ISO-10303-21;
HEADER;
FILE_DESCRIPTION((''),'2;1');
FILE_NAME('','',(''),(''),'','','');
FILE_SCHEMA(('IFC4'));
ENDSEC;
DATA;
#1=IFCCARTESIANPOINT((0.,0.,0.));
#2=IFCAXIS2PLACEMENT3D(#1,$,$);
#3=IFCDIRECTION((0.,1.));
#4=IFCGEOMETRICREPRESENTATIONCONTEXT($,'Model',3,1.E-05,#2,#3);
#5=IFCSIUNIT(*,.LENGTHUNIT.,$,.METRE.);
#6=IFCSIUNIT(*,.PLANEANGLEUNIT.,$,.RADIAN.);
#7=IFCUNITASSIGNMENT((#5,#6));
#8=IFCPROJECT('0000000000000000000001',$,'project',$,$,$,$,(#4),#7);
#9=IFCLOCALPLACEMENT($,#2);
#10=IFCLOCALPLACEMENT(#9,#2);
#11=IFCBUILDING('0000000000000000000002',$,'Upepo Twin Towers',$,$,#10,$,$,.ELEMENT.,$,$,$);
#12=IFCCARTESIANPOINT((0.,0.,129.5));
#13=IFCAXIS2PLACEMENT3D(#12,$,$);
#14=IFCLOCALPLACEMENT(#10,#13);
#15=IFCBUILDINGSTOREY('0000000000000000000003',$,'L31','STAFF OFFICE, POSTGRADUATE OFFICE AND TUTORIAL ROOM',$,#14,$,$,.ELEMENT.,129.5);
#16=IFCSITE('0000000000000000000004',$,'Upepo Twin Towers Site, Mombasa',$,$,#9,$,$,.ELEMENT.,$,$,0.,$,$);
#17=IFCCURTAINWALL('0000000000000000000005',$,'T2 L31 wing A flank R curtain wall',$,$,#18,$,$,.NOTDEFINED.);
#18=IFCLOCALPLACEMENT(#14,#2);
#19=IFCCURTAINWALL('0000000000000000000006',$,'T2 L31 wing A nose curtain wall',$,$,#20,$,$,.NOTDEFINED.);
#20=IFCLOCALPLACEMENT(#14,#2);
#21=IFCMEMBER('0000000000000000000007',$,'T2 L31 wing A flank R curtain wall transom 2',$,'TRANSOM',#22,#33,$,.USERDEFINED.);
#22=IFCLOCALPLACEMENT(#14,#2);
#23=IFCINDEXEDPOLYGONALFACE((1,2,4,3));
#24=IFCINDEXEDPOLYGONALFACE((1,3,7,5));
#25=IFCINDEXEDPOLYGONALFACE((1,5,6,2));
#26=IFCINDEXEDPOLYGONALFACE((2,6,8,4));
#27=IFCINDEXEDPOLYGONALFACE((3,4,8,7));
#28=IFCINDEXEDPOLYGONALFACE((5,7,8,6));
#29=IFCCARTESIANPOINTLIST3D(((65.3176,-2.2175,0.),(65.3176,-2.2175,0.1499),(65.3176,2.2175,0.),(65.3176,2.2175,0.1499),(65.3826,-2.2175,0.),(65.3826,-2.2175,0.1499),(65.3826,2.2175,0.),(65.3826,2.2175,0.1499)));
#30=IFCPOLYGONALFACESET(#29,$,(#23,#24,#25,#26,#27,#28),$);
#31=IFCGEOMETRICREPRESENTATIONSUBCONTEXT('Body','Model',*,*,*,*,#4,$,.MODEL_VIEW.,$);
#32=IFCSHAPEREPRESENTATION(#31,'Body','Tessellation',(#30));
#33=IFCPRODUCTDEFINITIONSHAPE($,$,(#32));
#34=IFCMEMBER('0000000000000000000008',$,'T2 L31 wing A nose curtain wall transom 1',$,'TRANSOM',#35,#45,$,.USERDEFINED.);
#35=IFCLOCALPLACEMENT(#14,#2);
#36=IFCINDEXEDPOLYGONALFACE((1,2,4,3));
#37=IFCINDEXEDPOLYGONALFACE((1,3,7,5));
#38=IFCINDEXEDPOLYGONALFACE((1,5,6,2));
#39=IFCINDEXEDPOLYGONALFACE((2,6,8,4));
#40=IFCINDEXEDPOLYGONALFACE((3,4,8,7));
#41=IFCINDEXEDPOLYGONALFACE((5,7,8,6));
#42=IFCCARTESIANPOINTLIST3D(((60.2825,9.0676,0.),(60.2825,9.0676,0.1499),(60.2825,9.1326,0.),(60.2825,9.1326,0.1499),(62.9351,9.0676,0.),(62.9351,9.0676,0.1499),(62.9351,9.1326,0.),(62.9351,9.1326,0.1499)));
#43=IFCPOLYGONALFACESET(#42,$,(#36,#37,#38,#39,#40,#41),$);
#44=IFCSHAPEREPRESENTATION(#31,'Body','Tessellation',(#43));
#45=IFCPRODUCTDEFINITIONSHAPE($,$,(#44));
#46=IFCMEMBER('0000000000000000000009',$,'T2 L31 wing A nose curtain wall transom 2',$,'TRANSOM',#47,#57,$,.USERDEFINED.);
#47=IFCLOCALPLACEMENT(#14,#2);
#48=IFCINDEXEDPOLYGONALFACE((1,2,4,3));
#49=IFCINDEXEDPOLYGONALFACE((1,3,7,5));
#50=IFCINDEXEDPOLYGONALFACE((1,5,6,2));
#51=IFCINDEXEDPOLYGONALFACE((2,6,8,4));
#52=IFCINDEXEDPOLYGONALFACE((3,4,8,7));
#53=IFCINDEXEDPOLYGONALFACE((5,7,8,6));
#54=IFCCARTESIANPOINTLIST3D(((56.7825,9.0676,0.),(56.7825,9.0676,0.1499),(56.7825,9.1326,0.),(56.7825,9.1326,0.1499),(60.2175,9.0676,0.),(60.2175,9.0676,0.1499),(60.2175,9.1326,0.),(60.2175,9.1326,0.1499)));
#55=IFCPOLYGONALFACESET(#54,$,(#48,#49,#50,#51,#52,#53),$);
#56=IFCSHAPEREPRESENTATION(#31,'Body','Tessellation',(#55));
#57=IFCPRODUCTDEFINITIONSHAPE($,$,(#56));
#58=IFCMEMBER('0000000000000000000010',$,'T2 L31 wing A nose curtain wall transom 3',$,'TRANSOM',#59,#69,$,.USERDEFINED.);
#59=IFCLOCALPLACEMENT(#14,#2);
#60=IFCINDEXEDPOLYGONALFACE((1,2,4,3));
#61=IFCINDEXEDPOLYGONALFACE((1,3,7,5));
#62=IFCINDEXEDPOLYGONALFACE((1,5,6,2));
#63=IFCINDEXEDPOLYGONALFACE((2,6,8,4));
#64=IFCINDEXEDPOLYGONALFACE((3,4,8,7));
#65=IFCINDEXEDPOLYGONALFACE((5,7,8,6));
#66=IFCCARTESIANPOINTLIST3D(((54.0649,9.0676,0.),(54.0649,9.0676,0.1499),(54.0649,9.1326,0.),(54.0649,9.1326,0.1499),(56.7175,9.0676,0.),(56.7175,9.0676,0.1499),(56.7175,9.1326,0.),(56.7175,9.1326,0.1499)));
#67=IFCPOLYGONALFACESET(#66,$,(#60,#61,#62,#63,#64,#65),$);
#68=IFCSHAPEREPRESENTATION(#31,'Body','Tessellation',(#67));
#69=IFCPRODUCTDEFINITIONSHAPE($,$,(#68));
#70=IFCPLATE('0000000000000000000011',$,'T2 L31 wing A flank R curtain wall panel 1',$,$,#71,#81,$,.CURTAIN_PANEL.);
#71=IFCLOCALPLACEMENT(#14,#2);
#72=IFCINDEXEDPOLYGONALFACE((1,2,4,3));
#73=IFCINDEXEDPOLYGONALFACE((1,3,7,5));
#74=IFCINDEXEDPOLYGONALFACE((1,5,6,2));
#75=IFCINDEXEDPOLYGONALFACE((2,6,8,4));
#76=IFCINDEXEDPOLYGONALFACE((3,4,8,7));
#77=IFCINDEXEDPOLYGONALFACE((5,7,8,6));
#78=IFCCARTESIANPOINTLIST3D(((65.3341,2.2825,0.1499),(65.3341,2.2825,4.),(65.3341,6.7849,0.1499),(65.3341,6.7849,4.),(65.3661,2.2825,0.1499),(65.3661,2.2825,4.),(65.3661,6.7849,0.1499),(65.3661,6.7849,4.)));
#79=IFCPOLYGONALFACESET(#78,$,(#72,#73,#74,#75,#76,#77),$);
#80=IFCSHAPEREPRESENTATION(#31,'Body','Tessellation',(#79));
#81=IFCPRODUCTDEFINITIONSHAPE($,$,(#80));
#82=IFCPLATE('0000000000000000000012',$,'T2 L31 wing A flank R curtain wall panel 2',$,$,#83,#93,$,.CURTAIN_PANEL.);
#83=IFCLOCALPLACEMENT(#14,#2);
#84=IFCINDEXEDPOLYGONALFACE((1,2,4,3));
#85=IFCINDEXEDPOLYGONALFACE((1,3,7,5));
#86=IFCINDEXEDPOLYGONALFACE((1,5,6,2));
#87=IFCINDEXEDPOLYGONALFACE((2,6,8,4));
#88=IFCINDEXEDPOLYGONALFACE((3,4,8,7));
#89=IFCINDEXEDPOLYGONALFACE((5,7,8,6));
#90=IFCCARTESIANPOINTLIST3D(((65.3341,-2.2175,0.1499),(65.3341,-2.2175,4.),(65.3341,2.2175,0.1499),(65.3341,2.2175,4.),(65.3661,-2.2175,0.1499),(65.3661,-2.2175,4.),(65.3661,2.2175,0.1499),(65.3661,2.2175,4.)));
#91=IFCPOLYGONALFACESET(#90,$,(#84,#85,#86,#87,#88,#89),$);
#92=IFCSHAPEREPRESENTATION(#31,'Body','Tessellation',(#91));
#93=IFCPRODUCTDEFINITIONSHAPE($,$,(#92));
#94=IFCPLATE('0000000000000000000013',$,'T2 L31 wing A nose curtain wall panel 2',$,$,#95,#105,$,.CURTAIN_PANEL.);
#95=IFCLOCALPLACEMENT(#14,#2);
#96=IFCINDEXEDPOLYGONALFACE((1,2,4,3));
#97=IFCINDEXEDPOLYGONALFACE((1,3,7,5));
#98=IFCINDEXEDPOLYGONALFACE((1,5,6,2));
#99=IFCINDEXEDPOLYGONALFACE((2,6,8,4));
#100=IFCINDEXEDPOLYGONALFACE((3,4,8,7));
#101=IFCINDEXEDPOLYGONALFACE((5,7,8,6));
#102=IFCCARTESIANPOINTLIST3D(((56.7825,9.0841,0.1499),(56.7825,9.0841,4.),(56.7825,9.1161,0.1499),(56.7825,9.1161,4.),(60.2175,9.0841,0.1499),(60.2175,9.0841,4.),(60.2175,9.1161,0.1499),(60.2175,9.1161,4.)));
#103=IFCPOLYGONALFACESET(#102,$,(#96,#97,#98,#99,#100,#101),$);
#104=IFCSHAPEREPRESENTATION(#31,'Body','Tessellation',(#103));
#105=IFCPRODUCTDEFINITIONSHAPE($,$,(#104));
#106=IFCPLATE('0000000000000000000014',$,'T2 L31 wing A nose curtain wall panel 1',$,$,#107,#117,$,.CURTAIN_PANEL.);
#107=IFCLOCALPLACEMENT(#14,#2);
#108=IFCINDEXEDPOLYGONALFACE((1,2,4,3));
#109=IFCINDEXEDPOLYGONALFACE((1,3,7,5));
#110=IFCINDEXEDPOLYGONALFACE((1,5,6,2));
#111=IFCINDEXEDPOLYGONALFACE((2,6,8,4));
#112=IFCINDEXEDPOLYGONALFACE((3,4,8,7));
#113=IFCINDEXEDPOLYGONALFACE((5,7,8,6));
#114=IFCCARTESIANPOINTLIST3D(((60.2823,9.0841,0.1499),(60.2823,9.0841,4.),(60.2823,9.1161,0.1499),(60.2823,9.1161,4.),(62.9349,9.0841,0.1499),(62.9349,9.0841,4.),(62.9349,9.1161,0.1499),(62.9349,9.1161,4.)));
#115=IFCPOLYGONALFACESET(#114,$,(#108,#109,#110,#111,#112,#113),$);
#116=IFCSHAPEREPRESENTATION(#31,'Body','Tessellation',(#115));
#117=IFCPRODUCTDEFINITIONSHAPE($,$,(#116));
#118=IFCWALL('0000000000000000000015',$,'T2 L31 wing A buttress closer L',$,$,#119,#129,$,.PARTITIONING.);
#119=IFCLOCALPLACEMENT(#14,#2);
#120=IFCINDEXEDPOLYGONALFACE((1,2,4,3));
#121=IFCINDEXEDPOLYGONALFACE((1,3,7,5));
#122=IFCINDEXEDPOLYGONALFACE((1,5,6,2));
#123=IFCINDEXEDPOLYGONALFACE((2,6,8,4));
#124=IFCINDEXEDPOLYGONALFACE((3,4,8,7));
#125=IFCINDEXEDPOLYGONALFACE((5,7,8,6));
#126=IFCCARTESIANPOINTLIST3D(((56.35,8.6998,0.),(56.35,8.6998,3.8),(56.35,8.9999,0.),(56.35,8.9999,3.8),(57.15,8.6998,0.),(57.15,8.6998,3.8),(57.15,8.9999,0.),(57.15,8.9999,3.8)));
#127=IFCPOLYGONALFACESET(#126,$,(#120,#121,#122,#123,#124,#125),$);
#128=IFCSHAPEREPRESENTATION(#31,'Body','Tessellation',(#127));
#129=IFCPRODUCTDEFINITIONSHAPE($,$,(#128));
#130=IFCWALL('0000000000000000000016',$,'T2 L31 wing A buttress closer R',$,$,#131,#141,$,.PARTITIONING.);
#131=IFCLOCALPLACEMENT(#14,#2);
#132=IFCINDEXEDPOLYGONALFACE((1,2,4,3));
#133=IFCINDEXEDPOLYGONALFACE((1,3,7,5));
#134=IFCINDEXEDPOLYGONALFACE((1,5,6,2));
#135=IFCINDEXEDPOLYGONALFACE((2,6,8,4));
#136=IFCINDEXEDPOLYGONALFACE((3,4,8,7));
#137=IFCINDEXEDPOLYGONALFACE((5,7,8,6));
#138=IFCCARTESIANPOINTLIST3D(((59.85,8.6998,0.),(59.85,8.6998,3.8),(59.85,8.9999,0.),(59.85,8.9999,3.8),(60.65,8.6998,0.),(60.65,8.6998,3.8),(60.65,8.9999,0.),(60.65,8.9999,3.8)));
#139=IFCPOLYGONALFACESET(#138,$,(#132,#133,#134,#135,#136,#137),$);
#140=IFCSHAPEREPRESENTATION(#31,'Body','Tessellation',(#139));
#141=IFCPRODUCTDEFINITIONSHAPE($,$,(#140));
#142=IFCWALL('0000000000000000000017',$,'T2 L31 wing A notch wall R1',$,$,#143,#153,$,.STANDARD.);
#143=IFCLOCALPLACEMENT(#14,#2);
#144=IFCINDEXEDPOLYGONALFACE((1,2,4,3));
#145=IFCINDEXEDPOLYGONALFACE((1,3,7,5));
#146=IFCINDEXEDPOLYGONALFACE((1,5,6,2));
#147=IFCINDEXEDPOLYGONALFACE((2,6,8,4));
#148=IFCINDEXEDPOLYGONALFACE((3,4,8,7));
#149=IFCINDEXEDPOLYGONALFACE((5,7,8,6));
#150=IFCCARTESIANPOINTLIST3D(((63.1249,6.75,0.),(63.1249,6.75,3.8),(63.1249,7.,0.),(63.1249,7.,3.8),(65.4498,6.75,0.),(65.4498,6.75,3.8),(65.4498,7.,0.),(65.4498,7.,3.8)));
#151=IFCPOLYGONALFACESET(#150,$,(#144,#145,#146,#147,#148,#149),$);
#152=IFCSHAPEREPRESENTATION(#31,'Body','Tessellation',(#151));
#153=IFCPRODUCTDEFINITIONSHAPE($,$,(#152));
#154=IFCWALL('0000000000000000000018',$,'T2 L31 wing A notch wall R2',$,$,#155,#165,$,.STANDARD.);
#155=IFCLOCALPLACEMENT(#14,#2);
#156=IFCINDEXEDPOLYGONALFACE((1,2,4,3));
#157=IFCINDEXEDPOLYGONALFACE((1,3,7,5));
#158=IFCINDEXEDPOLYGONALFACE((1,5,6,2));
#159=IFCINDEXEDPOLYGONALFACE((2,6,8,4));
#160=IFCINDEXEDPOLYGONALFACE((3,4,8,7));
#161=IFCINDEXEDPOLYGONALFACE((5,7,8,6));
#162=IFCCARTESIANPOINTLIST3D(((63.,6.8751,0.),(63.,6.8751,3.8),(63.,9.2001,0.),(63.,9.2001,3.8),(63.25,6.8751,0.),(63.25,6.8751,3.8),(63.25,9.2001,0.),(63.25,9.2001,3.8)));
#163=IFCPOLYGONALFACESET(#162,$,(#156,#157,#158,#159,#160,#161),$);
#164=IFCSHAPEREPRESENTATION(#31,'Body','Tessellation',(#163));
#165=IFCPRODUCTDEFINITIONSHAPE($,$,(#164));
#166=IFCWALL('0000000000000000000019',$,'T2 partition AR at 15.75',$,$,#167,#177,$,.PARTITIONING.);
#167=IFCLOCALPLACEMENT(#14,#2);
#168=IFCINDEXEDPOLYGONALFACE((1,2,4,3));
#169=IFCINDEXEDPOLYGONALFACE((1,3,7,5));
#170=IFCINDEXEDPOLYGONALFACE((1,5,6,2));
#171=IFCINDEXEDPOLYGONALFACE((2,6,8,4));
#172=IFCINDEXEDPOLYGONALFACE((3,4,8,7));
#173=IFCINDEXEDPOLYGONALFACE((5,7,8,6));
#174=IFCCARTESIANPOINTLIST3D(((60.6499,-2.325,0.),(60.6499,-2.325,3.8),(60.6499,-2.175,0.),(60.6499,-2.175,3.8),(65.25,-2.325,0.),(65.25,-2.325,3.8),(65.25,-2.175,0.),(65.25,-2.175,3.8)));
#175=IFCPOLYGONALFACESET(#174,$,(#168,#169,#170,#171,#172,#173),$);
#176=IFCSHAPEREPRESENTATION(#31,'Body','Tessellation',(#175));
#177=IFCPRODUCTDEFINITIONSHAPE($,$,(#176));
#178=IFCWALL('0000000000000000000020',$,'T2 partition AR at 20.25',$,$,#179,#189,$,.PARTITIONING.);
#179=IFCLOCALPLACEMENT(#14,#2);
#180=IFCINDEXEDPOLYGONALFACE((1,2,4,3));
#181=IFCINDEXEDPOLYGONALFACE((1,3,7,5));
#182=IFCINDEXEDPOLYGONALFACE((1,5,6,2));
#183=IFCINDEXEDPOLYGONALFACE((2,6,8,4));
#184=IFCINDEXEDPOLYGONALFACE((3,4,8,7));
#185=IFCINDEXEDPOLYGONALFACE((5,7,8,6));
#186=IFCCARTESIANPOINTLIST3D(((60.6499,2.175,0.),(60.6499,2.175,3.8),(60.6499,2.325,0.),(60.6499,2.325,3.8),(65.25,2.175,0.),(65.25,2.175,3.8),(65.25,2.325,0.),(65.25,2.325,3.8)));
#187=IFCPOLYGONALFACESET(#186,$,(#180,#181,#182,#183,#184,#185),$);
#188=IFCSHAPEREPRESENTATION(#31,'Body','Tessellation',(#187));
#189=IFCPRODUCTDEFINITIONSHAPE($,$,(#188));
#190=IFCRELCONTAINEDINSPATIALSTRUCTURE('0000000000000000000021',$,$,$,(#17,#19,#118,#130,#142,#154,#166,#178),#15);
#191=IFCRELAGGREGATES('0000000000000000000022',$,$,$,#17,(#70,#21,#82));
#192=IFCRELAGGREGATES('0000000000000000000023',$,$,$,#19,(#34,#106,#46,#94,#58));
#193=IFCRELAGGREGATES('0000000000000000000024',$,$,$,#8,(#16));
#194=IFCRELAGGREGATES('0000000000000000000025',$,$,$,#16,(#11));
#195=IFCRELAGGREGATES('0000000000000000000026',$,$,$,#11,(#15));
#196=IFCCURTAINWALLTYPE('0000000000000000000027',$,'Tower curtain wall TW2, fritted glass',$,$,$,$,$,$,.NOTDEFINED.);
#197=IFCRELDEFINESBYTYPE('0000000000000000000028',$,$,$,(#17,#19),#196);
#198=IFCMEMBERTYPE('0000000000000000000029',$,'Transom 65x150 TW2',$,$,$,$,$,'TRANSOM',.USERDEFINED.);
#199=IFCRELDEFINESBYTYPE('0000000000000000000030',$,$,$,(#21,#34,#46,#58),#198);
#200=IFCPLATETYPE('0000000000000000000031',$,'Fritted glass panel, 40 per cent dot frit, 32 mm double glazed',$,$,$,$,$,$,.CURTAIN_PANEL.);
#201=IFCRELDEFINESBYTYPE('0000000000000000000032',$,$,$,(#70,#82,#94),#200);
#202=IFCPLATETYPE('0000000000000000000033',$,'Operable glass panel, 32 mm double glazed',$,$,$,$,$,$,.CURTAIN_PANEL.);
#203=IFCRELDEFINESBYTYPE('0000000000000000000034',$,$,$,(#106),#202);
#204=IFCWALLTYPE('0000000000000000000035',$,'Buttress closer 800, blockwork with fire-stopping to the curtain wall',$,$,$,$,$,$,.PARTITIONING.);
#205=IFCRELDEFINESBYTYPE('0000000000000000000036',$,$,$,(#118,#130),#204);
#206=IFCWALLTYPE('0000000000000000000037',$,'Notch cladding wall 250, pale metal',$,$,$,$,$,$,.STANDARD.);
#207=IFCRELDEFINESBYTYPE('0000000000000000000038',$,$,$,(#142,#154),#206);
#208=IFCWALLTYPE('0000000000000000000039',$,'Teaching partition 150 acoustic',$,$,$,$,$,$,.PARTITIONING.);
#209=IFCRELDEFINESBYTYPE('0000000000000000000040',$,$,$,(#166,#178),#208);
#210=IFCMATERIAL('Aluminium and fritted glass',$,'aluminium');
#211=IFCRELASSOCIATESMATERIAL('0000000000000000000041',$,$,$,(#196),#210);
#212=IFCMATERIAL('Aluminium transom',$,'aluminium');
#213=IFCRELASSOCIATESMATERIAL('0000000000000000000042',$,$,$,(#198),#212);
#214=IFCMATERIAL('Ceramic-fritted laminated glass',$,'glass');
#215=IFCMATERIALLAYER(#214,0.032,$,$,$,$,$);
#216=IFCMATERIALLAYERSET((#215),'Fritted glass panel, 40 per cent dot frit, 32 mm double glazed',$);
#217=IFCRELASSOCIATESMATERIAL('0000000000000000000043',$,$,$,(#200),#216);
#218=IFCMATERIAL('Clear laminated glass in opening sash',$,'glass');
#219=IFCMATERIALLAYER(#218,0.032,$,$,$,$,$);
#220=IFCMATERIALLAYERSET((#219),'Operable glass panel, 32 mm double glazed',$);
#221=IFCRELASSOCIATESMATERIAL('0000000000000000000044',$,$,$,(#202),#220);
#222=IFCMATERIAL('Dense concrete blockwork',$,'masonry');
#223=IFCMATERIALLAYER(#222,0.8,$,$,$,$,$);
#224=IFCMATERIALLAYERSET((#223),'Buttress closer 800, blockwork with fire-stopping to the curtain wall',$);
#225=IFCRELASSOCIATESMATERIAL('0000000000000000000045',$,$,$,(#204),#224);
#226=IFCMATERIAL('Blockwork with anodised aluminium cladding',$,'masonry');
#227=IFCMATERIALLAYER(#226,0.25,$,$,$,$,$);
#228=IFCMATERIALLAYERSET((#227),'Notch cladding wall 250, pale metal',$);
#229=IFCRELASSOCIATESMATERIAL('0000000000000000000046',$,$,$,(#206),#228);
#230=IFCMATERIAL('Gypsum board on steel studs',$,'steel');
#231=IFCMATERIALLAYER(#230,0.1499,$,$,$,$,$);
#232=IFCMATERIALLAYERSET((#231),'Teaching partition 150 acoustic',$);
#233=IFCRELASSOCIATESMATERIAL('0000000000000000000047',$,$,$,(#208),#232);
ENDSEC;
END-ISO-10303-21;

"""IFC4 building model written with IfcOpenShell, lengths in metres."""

from ifc_helpers import new_model, si_unit, direction, frame, frame_2d, origin, origin_2d, place, context, subcontext, project, spatial, rectangle, extrude, material, layer, layer_set, material_profile, profile_set, type_object, element, aggregate, save


model = new_model("IFC4")

# Units and contexts
model_context = context("Model", 3, precision=1e-05, world=origin(), true_north=direction((0.0, 1.0)))
body_context = subcontext(model_context, "Body", "Model", "MODEL_VIEW")
ifc_project = project(units=[si_unit("LENGTHUNIT", "METRE"), si_unit("PLANEANGLEUNIT", "RADIAN")], contexts=[model_context])

# Site, building, storey
site_placement = place(None, origin())
site = spatial("IfcSite", under=ifc_project, at=site_placement, Name="Upepo Twin Towers Site, Mombasa", CompositionType="ELEMENT", RefElevation=0.0)
building_placement = place(site_placement, origin())
building = spatial("IfcBuilding", under=site, at=building_placement, Name="Upepo Twin Towers", CompositionType="ELEMENT")
storey_placement = place(building_placement, frame((0.0, 0.0, 129.5)))
storey = spatial("IfcBuildingStorey", under=building, at=storey_placement, Name="L31", Description="STAFF OFFICE, POSTGRADUATE OFFICE AND TUTORIAL ROOM", CompositionType="ELEMENT", Elevation=129.5)

# Curtain walls
ifc_material_1 = material(Name="Aluminium and fritted glass", Category="aluminium")
curtain_wall_type = type_object("IfcCurtainWallType", Name="Tower curtain wall TW2, fritted glass", PredefinedType="NOTDEFINED", material=ifc_material_1)
curtain_wall_1_placement = place(storey_placement, origin())
curtain_wall_1 = element("IfcCurtainWall", 1, at=curtain_wall_1_placement, inside=storey, type_object=curtain_wall_type, Name="T2 L31 wing A flank R curtain wall", PredefinedType="NOTDEFINED")
curtain_wall_2_placement = place(storey_placement, origin())
curtain_wall_2 = element("IfcCurtainWall", 2, at=curtain_wall_2_placement, inside=storey, type_object=curtain_wall_type, Name="T2 L31 wing A nose curtain wall", PredefinedType="NOTDEFINED")

# Members
ifc_material_2 = material(Name="Aluminium transom", Category="aluminium")
ifc_material_profile_1 = material_profile(ifc_material_2, rectangle(XDim=0.0649, YDim=0.1499, at=origin_2d()), Name="TRANSOM 65x150")
ifc_profile_set_1 = profile_set([ifc_material_profile_1], Name="Aluminium transom")
member_type_1 = type_object("IfcMemberType", Name="Transom 65x150 TW2", ElementType="TRANSOM", PredefinedType="USERDEFINED", material=ifc_profile_set_1)
member_1_placement = place(storey_placement, frame((65.3501, 2.2175, 0.075), z_axis=(0.0, -1.0, 0.0), x_axis=(1.0, 0.0, 0.0)))
member_1 = element("IfcMember", 3, at=member_1_placement, type_object=member_type_1, Name="T2 L31 wing A flank R curtain wall transom 2", ObjectType="TRANSOM", PredefinedType="USERDEFINED", context=body_context, shape_type="SweptSolid", body=[
    extrude(rectangle(XDim=0.0649, YDim=0.1499, at=origin_2d()), origin(), (0.0, 0.0, 1.0), 4.4351),
])
member_2_placement = place(storey_placement, frame((62.9351, 9.1001, 0.075), z_axis=(-1.0, 0.0, 0.0), x_axis=(0.0, -1.0, 0.0)))
member_2 = element("IfcMember", 4, at=member_2_placement, type_object=member_type_1, Name="T2 L31 wing A nose curtain wall transom 1", ObjectType="TRANSOM", PredefinedType="USERDEFINED", context=body_context, shape_type="SweptSolid", body=[
    extrude(rectangle(XDim=0.0649, YDim=0.1499, at=origin_2d()), origin(), (0.0, 0.0, 1.0), 2.6526),
])
member_3_placement = place(storey_placement, frame((60.2175, 9.1001, 0.075), z_axis=(-1.0, 0.0, 0.0), x_axis=(0.0, -1.0, 0.0)))
member_3 = element("IfcMember", 5, at=member_3_placement, type_object=member_type_1, Name="T2 L31 wing A nose curtain wall transom 2", ObjectType="TRANSOM", PredefinedType="USERDEFINED", context=body_context, shape_type="SweptSolid", body=[
    extrude(rectangle(XDim=0.0649, YDim=0.1499, at=origin_2d()), origin(), (0.0, 0.0, 1.0), 3.4351),
])
member_4_placement = place(storey_placement, frame((56.7175, 9.1001, 0.075), z_axis=(-1.0, 0.0, 0.0), x_axis=(0.0, -1.0, 0.0)))
member_4 = element("IfcMember", 6, at=member_4_placement, type_object=member_type_1, Name="T2 L31 wing A nose curtain wall transom 3", ObjectType="TRANSOM", PredefinedType="USERDEFINED", context=body_context, shape_type="SweptSolid", body=[
    extrude(rectangle(XDim=0.0649, YDim=0.1499, at=origin_2d()), origin(), (0.0, 0.0, 1.0), 2.6526),
])

# Plates
ifc_material_3 = material(Name="Ceramic-fritted laminated glass", Category="glass")
ifc_layer_1 = layer(ifc_material_3, 0.032)
ifc_layer_set_1 = layer_set([ifc_layer_1], Name="Fritted glass panel, 40 per cent dot frit, 32 mm double glazed")
plate_type_1 = type_object("IfcPlateType", Name="Fritted glass panel, 40 per cent dot frit, 32 mm double glazed", PredefinedType="CURTAIN_PANEL", material=ifc_layer_set_1)
plate_1_placement = place(storey_placement, frame((65.3501, 4.5337, 0.1499), z_axis=(0.0, 0.0, 1.0), x_axis=(0.0, -1.0, 0.0)))
plate_1 = element("IfcPlate", 7, at=plate_1_placement, type_object=plate_type_1, Name="T2 L31 wing A flank R curtain wall panel 1", PredefinedType="CURTAIN_PANEL", context=body_context, shape_type="SweptSolid", body=[
    extrude(rectangle(XDim=4.5024, YDim=0.032, at=origin_2d()), origin(), (0.0, 0.0, 1.0), 3.8501),
])
plate_2_placement = place(storey_placement, frame((65.3501, 0.0, 0.1499), z_axis=(0.0, 0.0, 1.0), x_axis=(0.0, -1.0, 0.0)))
plate_2 = element("IfcPlate", 8, at=plate_2_placement, type_object=plate_type_1, Name="T2 L31 wing A flank R curtain wall panel 2", PredefinedType="CURTAIN_PANEL", context=body_context, shape_type="SweptSolid", body=[
    extrude(rectangle(XDim=4.4351, YDim=0.032, at=origin_2d()), origin(), (0.0, 0.0, 1.0), 3.8501),
])
aggregate(curtain_wall_1, [plate_1, member_1, plate_2])
plate_3_placement = place(storey_placement, frame((58.5, 9.1001, 0.1499), z_axis=(0.0, 0.0, 1.0), x_axis=(-1.0, 0.0, 0.0)))
plate_3 = element("IfcPlate", 9, at=plate_3_placement, type_object=plate_type_1, Name="T2 L31 wing A nose curtain wall panel 2", PredefinedType="CURTAIN_PANEL", context=body_context, shape_type="SweptSolid", body=[
    extrude(rectangle(XDim=3.4351, YDim=0.032, at=origin_2d()), origin(), (0.0, 0.0, 1.0), 3.8501),
])
ifc_material_4 = material(Name="Clear laminated glass in opening sash", Category="glass")
ifc_layer_2 = layer(ifc_material_4, 0.032)
ifc_layer_set_2 = layer_set([ifc_layer_2], Name="Operable glass panel, 32 mm double glazed")
plate_type_2 = type_object("IfcPlateType", Name="Operable glass panel, 32 mm double glazed", PredefinedType="CURTAIN_PANEL", material=ifc_layer_set_2)
plate_4_placement = place(storey_placement, frame((61.6086, 9.1001, 0.1499), z_axis=(0.0, 0.0, 1.0), x_axis=(-1.0, 0.0, 0.0)))
plate_4 = element("IfcPlate", 10, at=plate_4_placement, type_object=plate_type_2, Name="T2 L31 wing A nose curtain wall panel 1", PredefinedType="CURTAIN_PANEL", context=body_context, shape_type="SweptSolid", body=[
    extrude(rectangle(XDim=2.6526, YDim=0.032, at=origin_2d()), origin(), (0.0, 0.0, 1.0), 3.8501),
])
aggregate(curtain_wall_2, [member_2, plate_4, member_3, plate_3, member_4])

# Walls
ifc_material_5 = material(Name="Dense concrete blockwork", Category="masonry")
ifc_layer_3 = layer(ifc_material_5, 0.8)
ifc_layer_set_3 = layer_set([ifc_layer_3], Name="Buttress closer 800, blockwork with fire-stopping to the curtain wall")
wall_type_1 = type_object("IfcWallType", Name="Buttress closer 800, blockwork with fire-stopping to the curtain wall", PredefinedType="PARTITIONING", material=ifc_layer_set_3)
for number, where, z_axis, x_axis, name in (
    (11, (56.75, 8.7, 0.0), (0.0, 0.0, 1.0), (0.0, 1.0, 0.0), "T2 L31 wing A buttress closer L"),
    (12, (60.25, 8.7, 0.0), (0.0, 0.0, 1.0), (0.0, 1.0, 0.0), "T2 L31 wing A buttress closer R"),
):
    element("IfcWall", number, at=place(storey_placement, frame(where, z_axis=z_axis, x_axis=x_axis)), inside=storey, type_object=wall_type_1, Name=name, PredefinedType="PARTITIONING", context=body_context, shape_type="SweptSolid", body=[
        extrude(rectangle(XDim=0.3, YDim=0.8, at=frame_2d((0.1499, 0.0))), origin(), (0.0, 0.0, 1.0), 3.8),
    ])
ifc_material_6 = material(Name="Blockwork with anodised aluminium cladding", Category="masonry")
ifc_layer_4 = layer(ifc_material_6, 0.25)
ifc_layer_set_4 = layer_set([ifc_layer_4], Name="Notch cladding wall 250, pale metal")
wall_type_2 = type_object("IfcWallType", Name="Notch cladding wall 250, pale metal", PredefinedType="STANDARD", material=ifc_layer_set_4)
for number, where, z_axis, x_axis, name in (
    (13, (65.45, 6.875, 0.0), (0.0, 0.0, 1.0), (-1.0, 0.0, 0.0), "T2 L31 wing A notch wall R1"),
    (14, (63.125, 6.875, 0.0), (0.0, 0.0, 1.0), (0.0, 1.0, 0.0), "T2 L31 wing A notch wall R2"),
):
    element("IfcWall", number, at=place(storey_placement, frame(where, z_axis=z_axis, x_axis=x_axis)), inside=storey, type_object=wall_type_2, Name=name, PredefinedType="STANDARD", context=body_context, shape_type="SweptSolid", body=[
        extrude(rectangle(XDim=2.325, YDim=0.25, at=frame_2d((1.1626, 0.0))), origin(), (0.0, 0.0, 1.0), 3.8),
    ])
ifc_material_7 = material(Name="Gypsum board on steel studs", Category="steel")
ifc_layer_5 = layer(ifc_material_7, 0.1499)
ifc_layer_set_5 = layer_set([ifc_layer_5], Name="Teaching partition 150 acoustic")
wall_type_3 = type_object("IfcWallType", Name="Teaching partition 150 acoustic", PredefinedType="PARTITIONING", material=ifc_layer_set_5)
for number, where, z_axis, x_axis, name in (
    (15, (60.6499, -2.25, 0.0), (0.0, 0.0, 1.0), (1.0, 0.0, 0.0), "T2 partition AR at 15.75"),
    (16, (60.6499, 2.25, 0.0), (0.0, 0.0, 1.0), (1.0, 0.0, 0.0), "T2 partition AR at 20.25"),
):
    element("IfcWall", number, at=place(storey_placement, frame(where, z_axis=z_axis, x_axis=x_axis)), inside=storey, type_object=wall_type_3, Name=name, PredefinedType="PARTITIONING", context=body_context, shape_type="SweptSolid", body=[
        extrude(rectangle(XDim=4.6001, YDim=0.1499, at=frame_2d((2.3, 0.0))), origin(), (0.0, 0.0, 1.0), 3.8),
    ])

save(model, "model.ifc")
